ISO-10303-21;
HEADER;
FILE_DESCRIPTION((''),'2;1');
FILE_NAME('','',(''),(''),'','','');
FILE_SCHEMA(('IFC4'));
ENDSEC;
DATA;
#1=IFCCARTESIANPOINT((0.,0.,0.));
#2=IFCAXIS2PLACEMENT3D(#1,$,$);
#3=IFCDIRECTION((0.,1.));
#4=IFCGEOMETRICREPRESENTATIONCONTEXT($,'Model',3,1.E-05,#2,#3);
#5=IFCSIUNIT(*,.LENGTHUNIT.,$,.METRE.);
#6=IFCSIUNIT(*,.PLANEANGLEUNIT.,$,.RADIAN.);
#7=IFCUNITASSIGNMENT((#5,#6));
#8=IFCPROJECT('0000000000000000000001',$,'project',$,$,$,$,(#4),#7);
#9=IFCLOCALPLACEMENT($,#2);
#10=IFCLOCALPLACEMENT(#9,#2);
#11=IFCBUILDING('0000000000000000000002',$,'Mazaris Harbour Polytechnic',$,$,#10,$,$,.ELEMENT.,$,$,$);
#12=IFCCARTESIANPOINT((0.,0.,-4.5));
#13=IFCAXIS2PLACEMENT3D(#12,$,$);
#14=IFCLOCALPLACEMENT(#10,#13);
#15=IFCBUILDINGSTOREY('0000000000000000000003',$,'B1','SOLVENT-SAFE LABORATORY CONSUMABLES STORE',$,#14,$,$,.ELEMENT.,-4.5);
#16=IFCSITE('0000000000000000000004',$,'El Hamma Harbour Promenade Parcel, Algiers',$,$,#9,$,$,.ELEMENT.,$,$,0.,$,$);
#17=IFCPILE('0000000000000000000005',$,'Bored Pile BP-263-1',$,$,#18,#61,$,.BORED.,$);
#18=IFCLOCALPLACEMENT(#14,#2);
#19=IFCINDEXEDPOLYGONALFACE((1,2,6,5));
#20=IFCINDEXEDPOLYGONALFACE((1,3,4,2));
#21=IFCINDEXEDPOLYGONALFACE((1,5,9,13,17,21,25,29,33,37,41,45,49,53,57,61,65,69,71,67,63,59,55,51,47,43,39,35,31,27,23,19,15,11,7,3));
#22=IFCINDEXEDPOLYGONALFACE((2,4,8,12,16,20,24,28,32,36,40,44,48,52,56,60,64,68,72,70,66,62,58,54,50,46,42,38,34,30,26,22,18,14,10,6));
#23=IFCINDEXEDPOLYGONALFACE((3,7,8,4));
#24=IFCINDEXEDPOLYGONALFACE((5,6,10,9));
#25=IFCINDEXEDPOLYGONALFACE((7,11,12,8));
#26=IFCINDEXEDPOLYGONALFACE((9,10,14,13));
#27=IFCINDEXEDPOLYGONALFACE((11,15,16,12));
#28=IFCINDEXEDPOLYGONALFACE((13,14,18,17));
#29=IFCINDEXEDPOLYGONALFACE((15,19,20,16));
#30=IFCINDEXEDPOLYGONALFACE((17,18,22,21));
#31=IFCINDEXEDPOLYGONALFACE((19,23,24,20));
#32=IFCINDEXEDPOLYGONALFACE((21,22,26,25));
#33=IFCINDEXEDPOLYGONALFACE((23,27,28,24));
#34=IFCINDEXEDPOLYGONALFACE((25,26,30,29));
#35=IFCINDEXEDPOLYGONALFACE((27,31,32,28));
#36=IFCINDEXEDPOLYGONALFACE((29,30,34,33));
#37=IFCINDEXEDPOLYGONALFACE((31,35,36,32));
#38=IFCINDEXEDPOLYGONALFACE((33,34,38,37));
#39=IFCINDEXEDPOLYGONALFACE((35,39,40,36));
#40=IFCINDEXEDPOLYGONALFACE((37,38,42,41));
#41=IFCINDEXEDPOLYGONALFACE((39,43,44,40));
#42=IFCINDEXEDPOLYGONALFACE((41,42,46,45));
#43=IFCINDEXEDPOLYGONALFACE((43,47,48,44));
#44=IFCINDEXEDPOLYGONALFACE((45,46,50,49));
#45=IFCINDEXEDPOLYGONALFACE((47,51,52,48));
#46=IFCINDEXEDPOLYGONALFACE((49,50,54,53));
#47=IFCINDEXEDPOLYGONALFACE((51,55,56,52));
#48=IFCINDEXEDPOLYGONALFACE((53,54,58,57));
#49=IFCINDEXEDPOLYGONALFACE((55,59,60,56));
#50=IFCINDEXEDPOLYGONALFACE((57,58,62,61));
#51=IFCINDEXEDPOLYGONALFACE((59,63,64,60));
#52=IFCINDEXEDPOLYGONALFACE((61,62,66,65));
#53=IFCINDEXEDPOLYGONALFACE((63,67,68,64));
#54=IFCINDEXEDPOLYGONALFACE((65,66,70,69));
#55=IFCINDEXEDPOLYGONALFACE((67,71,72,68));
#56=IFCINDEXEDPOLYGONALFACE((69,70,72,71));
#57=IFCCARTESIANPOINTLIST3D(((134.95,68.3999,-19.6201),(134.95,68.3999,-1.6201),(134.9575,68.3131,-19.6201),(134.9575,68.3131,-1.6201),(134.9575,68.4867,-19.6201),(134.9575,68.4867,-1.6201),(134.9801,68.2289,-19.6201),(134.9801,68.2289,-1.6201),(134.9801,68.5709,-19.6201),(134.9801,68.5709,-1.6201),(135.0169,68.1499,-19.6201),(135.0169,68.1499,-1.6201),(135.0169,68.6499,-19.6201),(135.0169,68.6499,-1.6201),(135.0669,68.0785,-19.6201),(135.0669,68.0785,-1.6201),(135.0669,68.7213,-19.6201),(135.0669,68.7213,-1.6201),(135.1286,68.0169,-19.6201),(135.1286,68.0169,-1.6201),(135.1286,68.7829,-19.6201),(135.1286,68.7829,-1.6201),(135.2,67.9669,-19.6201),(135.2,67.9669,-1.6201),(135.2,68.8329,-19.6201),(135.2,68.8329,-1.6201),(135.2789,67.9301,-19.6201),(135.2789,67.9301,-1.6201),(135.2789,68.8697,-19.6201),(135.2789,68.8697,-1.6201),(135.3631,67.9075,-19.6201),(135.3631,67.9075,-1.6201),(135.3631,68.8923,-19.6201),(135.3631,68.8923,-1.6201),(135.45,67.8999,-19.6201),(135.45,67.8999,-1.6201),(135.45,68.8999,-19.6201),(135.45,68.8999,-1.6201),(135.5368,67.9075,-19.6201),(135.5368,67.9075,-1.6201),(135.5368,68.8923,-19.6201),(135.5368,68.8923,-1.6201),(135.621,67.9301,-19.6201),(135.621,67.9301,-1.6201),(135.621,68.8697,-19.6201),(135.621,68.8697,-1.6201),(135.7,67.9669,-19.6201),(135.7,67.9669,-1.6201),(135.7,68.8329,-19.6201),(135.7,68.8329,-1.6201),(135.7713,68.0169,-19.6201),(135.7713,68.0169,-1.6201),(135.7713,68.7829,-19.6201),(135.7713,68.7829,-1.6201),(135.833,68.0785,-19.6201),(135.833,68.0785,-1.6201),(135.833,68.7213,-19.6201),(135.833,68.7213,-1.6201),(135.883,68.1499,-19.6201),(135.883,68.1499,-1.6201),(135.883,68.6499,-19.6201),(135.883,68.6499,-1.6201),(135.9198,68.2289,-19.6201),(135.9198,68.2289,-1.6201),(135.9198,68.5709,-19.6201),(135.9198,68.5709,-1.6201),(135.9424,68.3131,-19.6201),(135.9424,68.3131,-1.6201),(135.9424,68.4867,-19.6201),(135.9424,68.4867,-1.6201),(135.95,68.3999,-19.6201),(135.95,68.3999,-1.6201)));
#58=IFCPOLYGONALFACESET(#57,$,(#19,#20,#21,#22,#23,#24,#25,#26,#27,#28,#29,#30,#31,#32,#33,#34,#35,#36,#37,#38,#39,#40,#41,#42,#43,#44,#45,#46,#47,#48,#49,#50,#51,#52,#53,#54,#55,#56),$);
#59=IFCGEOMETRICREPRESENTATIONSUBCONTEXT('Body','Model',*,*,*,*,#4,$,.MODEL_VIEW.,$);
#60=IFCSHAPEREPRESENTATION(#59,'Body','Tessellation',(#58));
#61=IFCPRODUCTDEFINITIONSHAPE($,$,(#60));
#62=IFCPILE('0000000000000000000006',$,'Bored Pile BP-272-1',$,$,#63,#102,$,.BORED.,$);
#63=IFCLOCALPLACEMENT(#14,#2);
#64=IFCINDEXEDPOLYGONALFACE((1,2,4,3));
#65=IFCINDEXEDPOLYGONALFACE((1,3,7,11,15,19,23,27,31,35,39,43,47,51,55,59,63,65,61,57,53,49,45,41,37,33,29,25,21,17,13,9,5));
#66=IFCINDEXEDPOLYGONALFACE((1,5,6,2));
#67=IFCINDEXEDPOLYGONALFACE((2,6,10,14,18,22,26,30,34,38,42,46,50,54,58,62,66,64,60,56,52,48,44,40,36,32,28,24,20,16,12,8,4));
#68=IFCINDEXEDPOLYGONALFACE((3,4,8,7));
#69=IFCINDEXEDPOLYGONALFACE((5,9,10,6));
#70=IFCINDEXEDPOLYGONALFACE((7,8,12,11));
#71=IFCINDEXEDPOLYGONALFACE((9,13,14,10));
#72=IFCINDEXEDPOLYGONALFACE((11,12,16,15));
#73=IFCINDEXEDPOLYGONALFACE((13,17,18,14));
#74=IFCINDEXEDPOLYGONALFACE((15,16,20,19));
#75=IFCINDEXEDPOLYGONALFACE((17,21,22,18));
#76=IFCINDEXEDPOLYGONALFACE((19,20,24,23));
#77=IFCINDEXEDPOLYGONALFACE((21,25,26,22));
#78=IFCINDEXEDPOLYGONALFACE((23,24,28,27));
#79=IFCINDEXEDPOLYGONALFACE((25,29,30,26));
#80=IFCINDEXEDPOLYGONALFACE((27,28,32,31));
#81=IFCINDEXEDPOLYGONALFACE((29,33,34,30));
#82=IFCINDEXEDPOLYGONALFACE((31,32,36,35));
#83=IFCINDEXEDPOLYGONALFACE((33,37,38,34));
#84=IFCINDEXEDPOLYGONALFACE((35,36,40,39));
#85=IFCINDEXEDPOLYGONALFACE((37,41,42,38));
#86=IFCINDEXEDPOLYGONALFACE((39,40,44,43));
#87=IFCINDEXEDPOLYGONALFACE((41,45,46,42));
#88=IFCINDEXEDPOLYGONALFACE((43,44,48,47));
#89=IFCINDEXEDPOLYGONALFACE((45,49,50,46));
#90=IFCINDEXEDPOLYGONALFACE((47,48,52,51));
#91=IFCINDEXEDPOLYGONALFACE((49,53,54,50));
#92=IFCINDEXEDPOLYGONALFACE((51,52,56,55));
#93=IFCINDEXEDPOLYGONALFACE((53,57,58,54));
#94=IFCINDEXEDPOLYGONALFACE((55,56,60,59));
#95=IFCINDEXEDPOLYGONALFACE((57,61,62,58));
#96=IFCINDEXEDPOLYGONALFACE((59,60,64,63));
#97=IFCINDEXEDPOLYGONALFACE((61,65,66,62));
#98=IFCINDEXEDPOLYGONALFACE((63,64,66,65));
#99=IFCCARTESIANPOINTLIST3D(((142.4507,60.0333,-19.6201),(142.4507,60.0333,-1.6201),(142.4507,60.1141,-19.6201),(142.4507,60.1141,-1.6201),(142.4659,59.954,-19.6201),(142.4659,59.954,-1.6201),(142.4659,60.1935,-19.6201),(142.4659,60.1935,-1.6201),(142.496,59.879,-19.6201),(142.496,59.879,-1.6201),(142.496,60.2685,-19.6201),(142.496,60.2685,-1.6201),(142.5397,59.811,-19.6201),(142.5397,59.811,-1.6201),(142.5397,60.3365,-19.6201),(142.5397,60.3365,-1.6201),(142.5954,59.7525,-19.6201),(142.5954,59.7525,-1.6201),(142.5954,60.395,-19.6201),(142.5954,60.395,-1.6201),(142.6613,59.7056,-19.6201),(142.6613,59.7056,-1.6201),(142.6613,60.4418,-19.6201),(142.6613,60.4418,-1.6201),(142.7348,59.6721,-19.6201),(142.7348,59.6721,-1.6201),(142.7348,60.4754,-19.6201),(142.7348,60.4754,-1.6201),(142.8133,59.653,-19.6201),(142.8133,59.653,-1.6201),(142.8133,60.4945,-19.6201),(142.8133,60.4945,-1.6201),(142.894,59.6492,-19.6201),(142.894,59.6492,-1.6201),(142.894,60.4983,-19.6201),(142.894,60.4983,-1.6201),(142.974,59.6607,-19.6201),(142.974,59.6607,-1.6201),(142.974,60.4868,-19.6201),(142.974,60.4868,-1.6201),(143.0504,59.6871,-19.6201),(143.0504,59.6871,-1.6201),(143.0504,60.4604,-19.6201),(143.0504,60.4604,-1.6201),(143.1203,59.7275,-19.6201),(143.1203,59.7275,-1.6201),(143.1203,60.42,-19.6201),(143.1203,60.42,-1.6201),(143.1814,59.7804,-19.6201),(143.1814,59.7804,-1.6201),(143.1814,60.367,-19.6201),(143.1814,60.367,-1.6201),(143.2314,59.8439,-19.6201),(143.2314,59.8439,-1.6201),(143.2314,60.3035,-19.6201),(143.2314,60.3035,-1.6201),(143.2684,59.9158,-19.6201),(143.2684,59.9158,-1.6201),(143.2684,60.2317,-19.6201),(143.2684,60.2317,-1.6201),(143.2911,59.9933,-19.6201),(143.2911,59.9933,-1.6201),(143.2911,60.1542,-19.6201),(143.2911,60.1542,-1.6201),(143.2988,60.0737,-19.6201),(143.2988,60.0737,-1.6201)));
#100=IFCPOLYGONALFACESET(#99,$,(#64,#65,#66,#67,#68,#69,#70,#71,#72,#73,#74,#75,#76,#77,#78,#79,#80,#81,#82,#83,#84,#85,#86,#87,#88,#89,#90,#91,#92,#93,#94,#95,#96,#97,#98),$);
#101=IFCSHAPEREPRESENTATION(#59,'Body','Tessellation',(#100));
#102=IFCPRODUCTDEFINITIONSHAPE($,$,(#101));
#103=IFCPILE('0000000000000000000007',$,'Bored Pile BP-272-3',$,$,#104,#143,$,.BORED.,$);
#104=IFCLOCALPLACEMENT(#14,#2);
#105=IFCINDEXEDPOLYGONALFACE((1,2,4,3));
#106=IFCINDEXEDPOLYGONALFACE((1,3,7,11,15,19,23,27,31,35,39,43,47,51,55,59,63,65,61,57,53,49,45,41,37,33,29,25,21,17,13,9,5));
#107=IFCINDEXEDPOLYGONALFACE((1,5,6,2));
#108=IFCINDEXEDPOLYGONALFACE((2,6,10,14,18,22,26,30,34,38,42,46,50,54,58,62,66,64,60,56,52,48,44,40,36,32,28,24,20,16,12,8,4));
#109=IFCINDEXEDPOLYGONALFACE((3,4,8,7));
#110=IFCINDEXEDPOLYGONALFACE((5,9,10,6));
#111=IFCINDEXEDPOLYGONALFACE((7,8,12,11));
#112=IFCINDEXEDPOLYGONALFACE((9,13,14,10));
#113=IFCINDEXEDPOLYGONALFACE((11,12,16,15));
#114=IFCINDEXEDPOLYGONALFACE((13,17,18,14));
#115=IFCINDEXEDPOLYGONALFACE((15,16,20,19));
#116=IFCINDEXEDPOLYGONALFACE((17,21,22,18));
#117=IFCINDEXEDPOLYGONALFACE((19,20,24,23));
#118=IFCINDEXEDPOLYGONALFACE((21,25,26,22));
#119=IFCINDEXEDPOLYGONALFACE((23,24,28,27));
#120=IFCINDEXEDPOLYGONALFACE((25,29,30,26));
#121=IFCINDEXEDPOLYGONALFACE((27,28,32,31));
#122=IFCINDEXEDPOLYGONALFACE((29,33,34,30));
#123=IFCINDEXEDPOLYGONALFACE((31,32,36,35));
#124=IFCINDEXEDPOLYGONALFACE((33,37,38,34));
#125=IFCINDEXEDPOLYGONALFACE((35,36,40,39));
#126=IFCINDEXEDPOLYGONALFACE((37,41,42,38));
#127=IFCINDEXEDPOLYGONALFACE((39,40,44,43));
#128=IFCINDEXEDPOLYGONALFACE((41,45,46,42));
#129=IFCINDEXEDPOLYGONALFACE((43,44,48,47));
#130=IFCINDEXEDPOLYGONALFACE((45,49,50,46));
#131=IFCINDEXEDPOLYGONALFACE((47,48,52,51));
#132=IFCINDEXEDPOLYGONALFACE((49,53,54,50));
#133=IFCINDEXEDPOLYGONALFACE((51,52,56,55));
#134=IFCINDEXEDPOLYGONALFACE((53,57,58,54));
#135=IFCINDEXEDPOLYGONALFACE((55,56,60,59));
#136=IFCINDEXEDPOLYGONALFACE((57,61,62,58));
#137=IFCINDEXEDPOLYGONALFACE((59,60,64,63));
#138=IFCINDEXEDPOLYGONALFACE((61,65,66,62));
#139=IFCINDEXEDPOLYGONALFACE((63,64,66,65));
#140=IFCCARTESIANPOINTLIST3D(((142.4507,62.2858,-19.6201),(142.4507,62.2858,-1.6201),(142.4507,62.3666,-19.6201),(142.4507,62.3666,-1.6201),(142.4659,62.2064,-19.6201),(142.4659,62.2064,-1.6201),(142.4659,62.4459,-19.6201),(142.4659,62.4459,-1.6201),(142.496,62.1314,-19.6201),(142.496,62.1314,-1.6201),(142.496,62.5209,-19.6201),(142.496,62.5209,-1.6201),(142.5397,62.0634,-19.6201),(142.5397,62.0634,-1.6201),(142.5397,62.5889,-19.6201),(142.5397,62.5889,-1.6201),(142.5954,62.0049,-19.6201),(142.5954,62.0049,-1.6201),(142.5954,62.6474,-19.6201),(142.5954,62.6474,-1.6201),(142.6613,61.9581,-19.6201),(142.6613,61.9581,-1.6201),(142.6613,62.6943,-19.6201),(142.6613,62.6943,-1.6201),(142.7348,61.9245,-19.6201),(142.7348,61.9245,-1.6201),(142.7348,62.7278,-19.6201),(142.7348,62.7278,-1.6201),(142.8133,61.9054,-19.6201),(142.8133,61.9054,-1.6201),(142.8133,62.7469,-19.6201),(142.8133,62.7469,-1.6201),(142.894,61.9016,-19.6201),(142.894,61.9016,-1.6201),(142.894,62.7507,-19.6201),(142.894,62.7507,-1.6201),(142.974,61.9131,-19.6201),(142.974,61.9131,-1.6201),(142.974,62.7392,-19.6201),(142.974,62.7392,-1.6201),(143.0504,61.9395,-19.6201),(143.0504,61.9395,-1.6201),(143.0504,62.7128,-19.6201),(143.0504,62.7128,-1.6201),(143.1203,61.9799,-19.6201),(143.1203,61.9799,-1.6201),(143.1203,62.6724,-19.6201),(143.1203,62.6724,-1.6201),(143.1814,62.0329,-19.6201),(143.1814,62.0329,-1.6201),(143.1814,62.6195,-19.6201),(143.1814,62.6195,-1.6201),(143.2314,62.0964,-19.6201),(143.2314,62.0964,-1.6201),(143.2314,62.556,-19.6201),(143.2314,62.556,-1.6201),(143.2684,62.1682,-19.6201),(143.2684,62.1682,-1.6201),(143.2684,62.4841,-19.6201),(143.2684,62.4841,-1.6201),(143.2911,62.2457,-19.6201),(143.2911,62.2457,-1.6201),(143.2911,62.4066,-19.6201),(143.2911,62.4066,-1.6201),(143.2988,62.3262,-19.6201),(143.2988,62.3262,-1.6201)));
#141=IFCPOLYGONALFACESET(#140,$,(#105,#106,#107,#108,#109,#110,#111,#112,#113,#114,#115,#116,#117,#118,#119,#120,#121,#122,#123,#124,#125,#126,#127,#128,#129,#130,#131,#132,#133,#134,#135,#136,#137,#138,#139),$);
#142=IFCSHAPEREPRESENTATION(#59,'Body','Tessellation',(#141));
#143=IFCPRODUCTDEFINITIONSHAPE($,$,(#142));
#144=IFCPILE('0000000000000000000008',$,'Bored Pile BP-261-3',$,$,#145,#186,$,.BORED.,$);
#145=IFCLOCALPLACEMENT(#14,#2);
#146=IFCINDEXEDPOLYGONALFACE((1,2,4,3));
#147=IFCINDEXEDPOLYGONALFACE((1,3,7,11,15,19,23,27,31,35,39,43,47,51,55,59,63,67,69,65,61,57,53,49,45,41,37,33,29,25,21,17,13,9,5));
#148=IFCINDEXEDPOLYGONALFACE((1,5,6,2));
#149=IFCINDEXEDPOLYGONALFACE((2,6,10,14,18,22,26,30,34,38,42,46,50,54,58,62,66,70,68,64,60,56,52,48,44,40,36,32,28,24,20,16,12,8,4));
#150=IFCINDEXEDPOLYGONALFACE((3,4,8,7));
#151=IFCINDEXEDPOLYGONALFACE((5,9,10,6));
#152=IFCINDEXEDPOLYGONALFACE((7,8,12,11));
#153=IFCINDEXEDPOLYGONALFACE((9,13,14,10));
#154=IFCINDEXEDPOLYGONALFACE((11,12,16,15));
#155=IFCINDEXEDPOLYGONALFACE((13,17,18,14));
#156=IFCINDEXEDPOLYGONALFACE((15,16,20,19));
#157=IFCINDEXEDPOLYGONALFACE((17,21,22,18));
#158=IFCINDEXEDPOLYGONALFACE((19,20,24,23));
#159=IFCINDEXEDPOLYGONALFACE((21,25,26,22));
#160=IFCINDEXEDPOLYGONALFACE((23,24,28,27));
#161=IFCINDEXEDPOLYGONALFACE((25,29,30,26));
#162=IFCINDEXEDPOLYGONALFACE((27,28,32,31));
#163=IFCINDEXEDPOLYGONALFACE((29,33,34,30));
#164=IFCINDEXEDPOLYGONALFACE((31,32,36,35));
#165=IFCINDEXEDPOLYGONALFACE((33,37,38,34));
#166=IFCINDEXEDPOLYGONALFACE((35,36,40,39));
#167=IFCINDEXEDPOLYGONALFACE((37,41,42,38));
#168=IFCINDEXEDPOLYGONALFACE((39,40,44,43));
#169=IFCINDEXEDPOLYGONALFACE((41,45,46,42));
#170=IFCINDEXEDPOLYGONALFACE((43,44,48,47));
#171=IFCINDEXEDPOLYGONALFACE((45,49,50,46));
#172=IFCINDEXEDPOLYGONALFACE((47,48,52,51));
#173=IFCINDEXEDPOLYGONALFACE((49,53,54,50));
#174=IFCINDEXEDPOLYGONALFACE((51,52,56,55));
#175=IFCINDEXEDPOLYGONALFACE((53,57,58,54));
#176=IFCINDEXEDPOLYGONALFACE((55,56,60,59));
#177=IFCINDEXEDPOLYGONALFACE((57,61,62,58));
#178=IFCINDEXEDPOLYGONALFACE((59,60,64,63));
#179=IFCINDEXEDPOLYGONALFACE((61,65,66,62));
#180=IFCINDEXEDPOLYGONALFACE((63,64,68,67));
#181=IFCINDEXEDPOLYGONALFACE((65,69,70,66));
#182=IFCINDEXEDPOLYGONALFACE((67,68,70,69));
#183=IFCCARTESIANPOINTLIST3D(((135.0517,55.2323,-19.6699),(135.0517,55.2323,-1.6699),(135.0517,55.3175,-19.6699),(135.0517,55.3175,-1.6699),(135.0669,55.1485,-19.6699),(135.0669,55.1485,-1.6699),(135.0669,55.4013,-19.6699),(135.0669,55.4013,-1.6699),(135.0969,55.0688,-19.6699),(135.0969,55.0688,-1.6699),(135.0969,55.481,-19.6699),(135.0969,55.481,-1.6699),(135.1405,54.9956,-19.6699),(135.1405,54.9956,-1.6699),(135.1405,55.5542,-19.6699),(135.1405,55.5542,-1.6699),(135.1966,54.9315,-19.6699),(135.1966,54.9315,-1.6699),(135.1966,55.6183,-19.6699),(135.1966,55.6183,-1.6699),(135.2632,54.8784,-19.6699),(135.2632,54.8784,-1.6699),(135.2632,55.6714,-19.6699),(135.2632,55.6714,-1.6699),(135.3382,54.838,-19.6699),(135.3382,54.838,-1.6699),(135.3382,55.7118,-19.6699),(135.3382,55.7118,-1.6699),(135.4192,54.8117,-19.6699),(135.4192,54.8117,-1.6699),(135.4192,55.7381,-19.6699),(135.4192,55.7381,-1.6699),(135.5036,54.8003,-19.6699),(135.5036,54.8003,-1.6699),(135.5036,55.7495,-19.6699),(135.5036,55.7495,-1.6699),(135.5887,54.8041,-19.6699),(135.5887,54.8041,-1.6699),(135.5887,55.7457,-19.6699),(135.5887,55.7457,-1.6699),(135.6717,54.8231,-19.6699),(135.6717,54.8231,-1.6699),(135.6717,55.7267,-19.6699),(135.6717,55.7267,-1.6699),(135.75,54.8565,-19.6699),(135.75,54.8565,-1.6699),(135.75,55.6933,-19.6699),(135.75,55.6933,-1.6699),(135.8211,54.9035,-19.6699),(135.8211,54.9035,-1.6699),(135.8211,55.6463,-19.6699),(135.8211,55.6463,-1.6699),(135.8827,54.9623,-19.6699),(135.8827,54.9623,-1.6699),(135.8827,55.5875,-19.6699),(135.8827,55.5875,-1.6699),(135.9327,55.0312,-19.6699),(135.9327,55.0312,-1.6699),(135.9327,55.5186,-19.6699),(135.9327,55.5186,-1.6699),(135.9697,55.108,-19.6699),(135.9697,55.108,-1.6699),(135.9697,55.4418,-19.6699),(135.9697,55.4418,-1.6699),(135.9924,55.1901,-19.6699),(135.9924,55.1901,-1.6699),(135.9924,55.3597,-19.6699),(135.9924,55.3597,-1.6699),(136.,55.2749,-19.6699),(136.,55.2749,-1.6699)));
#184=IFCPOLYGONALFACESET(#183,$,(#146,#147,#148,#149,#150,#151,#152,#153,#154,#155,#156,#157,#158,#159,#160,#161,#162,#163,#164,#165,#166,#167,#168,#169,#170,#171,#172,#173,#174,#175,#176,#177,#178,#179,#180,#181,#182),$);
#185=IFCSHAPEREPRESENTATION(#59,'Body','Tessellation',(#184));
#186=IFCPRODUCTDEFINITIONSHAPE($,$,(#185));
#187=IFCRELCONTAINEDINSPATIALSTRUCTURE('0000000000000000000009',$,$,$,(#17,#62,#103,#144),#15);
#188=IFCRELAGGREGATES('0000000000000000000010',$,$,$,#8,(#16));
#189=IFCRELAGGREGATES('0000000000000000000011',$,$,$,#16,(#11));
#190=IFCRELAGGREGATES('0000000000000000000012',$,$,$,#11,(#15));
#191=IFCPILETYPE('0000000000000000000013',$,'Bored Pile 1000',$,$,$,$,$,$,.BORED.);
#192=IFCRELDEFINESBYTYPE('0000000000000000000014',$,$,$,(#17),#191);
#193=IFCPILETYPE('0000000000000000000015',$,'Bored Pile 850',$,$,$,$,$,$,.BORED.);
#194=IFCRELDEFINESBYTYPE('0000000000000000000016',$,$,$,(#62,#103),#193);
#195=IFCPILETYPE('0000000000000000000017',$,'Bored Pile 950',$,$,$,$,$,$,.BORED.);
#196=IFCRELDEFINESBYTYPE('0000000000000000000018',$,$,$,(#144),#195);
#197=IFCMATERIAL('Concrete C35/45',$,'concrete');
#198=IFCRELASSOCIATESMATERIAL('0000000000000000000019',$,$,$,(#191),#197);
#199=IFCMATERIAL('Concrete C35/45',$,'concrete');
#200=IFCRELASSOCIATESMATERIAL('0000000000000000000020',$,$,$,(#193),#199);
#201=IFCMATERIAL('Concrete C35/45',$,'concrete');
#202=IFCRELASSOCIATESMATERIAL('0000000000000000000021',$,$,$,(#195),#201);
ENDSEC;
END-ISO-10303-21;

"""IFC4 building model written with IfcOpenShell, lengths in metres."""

from ifc_helpers import new_model, si_unit, direction, frame, origin, origin_2d, place, context, subcontext, project, spatial, circle, extrude, material, material_profile, profile_set, type_object, element, save


model = new_model("IFC4")

# Units and contexts
model_context = context("Model", 3, precision=1e-05, world=origin(), true_north=direction((0.0, 1.0)))
body_context = subcontext(model_context, "Body", "Model", "MODEL_VIEW")
ifc_project = project(units=[si_unit("LENGTHUNIT", "METRE"), si_unit("PLANEANGLEUNIT", "RADIAN")], contexts=[model_context])

# Site, building, storey
site_placement = place(None, origin())
site = spatial("IfcSite", under=ifc_project, at=site_placement, Name="El Hamma Harbour Promenade Parcel, Algiers", CompositionType="ELEMENT", RefElevation=0.0)
building_placement = place(site_placement, origin())
building = spatial("IfcBuilding", under=site, at=building_placement, Name="Mazaris Harbour Polytechnic", CompositionType="ELEMENT")
storey_placement = place(building_placement, frame((0.0, 0.0, -4.5)))
storey = spatial("IfcBuildingStorey", under=building, at=storey_placement, Name="B1", Description="SOLVENT-SAFE LABORATORY CONSUMABLES STORE", CompositionType="ELEMENT", Elevation=-4.5)

# Piles
ifc_material_1 = material(Name="Concrete C35/45", Category="concrete")
ifc_material_profile_1 = material_profile(ifc_material_1, circle(Radius=0.5, at=origin_2d()), Name="DIA1000")
ifc_profile_set_1 = profile_set([ifc_material_profile_1], Name="Concrete C35/45")
pile_type_1 = type_object("IfcPileType", Name="Bored Pile 1000", PredefinedType="BORED", material=ifc_profile_set_1)
for number, where, z_axis, x_axis, name in (
    (1, (135.45, 68.3999, -1.6201), (0.0, 0.0, -1.0), (1.0, 0.0, 0.0), "Bored Pile BP-263-1"),
):
    element("IfcPile", number, at=place(storey_placement, frame(where, z_axis=z_axis, x_axis=x_axis)), inside=storey, type_object=pile_type_1, Name=name, PredefinedType="BORED", context=body_context, shape_type="SweptSolid", body=[
        extrude(circle(Radius=0.5, at=origin_2d()), origin(), (0.0, 0.0, 1.0), 18.0),
    ])
ifc_material_2 = material(Name="Concrete C35/45", Category="concrete")
ifc_material_profile_2 = material_profile(ifc_material_2, circle(Radius=0.425, at=origin_2d()), Name="DIA850")
ifc_profile_set_2 = profile_set([ifc_material_profile_2], Name="Concrete C35/45")
pile_type_2 = type_object("IfcPileType", Name="Bored Pile 850", PredefinedType="BORED", material=ifc_profile_set_2)
for number, where, z_axis, x_axis, name in (
    (2, (142.8738, 60.0737, -1.6201), (0.0, 0.0, -1.0), (1.0, 0.0, 0.0), "Bored Pile BP-272-1"),
    (3, (142.8738, 62.3262, -1.6201), (0.0, 0.0, -1.0), (1.0, 0.0, 0.0), "Bored Pile BP-272-3"),
):
    element("IfcPile", number, at=place(storey_placement, frame(where, z_axis=z_axis, x_axis=x_axis)), inside=storey, type_object=pile_type_2, Name=name, PredefinedType="BORED", context=body_context, shape_type="SweptSolid", body=[
        extrude(circle(Radius=0.425, at=origin_2d()), origin(), (0.0, 0.0, 1.0), 18.0),
    ])
ifc_material_3 = material(Name="Concrete C35/45", Category="concrete")
ifc_material_profile_3 = material_profile(ifc_material_3, circle(Radius=0.4751, at=origin_2d()), Name="DIA950")
ifc_profile_set_3 = profile_set([ifc_material_profile_3], Name="Concrete C35/45")
pile_type_3 = type_object("IfcPileType", Name="Bored Pile 950", PredefinedType="BORED", material=ifc_profile_set_3)
for number, where, z_axis, x_axis, name in (
    (4, (135.5249, 55.2749, -1.6699), (0.0, 0.0, -1.0), (1.0, 0.0, 0.0), "Bored Pile BP-261-3"),
):
    element("IfcPile", number, at=place(storey_placement, frame(where, z_axis=z_axis, x_axis=x_axis)), inside=storey, type_object=pile_type_3, Name=name, PredefinedType="BORED", context=body_context, shape_type="SweptSolid", body=[
        extrude(circle(Radius=0.4751, at=origin_2d()), origin(), (0.0, 0.0, 1.0), 18.0),
    ])

save(model, "model.ifc")
